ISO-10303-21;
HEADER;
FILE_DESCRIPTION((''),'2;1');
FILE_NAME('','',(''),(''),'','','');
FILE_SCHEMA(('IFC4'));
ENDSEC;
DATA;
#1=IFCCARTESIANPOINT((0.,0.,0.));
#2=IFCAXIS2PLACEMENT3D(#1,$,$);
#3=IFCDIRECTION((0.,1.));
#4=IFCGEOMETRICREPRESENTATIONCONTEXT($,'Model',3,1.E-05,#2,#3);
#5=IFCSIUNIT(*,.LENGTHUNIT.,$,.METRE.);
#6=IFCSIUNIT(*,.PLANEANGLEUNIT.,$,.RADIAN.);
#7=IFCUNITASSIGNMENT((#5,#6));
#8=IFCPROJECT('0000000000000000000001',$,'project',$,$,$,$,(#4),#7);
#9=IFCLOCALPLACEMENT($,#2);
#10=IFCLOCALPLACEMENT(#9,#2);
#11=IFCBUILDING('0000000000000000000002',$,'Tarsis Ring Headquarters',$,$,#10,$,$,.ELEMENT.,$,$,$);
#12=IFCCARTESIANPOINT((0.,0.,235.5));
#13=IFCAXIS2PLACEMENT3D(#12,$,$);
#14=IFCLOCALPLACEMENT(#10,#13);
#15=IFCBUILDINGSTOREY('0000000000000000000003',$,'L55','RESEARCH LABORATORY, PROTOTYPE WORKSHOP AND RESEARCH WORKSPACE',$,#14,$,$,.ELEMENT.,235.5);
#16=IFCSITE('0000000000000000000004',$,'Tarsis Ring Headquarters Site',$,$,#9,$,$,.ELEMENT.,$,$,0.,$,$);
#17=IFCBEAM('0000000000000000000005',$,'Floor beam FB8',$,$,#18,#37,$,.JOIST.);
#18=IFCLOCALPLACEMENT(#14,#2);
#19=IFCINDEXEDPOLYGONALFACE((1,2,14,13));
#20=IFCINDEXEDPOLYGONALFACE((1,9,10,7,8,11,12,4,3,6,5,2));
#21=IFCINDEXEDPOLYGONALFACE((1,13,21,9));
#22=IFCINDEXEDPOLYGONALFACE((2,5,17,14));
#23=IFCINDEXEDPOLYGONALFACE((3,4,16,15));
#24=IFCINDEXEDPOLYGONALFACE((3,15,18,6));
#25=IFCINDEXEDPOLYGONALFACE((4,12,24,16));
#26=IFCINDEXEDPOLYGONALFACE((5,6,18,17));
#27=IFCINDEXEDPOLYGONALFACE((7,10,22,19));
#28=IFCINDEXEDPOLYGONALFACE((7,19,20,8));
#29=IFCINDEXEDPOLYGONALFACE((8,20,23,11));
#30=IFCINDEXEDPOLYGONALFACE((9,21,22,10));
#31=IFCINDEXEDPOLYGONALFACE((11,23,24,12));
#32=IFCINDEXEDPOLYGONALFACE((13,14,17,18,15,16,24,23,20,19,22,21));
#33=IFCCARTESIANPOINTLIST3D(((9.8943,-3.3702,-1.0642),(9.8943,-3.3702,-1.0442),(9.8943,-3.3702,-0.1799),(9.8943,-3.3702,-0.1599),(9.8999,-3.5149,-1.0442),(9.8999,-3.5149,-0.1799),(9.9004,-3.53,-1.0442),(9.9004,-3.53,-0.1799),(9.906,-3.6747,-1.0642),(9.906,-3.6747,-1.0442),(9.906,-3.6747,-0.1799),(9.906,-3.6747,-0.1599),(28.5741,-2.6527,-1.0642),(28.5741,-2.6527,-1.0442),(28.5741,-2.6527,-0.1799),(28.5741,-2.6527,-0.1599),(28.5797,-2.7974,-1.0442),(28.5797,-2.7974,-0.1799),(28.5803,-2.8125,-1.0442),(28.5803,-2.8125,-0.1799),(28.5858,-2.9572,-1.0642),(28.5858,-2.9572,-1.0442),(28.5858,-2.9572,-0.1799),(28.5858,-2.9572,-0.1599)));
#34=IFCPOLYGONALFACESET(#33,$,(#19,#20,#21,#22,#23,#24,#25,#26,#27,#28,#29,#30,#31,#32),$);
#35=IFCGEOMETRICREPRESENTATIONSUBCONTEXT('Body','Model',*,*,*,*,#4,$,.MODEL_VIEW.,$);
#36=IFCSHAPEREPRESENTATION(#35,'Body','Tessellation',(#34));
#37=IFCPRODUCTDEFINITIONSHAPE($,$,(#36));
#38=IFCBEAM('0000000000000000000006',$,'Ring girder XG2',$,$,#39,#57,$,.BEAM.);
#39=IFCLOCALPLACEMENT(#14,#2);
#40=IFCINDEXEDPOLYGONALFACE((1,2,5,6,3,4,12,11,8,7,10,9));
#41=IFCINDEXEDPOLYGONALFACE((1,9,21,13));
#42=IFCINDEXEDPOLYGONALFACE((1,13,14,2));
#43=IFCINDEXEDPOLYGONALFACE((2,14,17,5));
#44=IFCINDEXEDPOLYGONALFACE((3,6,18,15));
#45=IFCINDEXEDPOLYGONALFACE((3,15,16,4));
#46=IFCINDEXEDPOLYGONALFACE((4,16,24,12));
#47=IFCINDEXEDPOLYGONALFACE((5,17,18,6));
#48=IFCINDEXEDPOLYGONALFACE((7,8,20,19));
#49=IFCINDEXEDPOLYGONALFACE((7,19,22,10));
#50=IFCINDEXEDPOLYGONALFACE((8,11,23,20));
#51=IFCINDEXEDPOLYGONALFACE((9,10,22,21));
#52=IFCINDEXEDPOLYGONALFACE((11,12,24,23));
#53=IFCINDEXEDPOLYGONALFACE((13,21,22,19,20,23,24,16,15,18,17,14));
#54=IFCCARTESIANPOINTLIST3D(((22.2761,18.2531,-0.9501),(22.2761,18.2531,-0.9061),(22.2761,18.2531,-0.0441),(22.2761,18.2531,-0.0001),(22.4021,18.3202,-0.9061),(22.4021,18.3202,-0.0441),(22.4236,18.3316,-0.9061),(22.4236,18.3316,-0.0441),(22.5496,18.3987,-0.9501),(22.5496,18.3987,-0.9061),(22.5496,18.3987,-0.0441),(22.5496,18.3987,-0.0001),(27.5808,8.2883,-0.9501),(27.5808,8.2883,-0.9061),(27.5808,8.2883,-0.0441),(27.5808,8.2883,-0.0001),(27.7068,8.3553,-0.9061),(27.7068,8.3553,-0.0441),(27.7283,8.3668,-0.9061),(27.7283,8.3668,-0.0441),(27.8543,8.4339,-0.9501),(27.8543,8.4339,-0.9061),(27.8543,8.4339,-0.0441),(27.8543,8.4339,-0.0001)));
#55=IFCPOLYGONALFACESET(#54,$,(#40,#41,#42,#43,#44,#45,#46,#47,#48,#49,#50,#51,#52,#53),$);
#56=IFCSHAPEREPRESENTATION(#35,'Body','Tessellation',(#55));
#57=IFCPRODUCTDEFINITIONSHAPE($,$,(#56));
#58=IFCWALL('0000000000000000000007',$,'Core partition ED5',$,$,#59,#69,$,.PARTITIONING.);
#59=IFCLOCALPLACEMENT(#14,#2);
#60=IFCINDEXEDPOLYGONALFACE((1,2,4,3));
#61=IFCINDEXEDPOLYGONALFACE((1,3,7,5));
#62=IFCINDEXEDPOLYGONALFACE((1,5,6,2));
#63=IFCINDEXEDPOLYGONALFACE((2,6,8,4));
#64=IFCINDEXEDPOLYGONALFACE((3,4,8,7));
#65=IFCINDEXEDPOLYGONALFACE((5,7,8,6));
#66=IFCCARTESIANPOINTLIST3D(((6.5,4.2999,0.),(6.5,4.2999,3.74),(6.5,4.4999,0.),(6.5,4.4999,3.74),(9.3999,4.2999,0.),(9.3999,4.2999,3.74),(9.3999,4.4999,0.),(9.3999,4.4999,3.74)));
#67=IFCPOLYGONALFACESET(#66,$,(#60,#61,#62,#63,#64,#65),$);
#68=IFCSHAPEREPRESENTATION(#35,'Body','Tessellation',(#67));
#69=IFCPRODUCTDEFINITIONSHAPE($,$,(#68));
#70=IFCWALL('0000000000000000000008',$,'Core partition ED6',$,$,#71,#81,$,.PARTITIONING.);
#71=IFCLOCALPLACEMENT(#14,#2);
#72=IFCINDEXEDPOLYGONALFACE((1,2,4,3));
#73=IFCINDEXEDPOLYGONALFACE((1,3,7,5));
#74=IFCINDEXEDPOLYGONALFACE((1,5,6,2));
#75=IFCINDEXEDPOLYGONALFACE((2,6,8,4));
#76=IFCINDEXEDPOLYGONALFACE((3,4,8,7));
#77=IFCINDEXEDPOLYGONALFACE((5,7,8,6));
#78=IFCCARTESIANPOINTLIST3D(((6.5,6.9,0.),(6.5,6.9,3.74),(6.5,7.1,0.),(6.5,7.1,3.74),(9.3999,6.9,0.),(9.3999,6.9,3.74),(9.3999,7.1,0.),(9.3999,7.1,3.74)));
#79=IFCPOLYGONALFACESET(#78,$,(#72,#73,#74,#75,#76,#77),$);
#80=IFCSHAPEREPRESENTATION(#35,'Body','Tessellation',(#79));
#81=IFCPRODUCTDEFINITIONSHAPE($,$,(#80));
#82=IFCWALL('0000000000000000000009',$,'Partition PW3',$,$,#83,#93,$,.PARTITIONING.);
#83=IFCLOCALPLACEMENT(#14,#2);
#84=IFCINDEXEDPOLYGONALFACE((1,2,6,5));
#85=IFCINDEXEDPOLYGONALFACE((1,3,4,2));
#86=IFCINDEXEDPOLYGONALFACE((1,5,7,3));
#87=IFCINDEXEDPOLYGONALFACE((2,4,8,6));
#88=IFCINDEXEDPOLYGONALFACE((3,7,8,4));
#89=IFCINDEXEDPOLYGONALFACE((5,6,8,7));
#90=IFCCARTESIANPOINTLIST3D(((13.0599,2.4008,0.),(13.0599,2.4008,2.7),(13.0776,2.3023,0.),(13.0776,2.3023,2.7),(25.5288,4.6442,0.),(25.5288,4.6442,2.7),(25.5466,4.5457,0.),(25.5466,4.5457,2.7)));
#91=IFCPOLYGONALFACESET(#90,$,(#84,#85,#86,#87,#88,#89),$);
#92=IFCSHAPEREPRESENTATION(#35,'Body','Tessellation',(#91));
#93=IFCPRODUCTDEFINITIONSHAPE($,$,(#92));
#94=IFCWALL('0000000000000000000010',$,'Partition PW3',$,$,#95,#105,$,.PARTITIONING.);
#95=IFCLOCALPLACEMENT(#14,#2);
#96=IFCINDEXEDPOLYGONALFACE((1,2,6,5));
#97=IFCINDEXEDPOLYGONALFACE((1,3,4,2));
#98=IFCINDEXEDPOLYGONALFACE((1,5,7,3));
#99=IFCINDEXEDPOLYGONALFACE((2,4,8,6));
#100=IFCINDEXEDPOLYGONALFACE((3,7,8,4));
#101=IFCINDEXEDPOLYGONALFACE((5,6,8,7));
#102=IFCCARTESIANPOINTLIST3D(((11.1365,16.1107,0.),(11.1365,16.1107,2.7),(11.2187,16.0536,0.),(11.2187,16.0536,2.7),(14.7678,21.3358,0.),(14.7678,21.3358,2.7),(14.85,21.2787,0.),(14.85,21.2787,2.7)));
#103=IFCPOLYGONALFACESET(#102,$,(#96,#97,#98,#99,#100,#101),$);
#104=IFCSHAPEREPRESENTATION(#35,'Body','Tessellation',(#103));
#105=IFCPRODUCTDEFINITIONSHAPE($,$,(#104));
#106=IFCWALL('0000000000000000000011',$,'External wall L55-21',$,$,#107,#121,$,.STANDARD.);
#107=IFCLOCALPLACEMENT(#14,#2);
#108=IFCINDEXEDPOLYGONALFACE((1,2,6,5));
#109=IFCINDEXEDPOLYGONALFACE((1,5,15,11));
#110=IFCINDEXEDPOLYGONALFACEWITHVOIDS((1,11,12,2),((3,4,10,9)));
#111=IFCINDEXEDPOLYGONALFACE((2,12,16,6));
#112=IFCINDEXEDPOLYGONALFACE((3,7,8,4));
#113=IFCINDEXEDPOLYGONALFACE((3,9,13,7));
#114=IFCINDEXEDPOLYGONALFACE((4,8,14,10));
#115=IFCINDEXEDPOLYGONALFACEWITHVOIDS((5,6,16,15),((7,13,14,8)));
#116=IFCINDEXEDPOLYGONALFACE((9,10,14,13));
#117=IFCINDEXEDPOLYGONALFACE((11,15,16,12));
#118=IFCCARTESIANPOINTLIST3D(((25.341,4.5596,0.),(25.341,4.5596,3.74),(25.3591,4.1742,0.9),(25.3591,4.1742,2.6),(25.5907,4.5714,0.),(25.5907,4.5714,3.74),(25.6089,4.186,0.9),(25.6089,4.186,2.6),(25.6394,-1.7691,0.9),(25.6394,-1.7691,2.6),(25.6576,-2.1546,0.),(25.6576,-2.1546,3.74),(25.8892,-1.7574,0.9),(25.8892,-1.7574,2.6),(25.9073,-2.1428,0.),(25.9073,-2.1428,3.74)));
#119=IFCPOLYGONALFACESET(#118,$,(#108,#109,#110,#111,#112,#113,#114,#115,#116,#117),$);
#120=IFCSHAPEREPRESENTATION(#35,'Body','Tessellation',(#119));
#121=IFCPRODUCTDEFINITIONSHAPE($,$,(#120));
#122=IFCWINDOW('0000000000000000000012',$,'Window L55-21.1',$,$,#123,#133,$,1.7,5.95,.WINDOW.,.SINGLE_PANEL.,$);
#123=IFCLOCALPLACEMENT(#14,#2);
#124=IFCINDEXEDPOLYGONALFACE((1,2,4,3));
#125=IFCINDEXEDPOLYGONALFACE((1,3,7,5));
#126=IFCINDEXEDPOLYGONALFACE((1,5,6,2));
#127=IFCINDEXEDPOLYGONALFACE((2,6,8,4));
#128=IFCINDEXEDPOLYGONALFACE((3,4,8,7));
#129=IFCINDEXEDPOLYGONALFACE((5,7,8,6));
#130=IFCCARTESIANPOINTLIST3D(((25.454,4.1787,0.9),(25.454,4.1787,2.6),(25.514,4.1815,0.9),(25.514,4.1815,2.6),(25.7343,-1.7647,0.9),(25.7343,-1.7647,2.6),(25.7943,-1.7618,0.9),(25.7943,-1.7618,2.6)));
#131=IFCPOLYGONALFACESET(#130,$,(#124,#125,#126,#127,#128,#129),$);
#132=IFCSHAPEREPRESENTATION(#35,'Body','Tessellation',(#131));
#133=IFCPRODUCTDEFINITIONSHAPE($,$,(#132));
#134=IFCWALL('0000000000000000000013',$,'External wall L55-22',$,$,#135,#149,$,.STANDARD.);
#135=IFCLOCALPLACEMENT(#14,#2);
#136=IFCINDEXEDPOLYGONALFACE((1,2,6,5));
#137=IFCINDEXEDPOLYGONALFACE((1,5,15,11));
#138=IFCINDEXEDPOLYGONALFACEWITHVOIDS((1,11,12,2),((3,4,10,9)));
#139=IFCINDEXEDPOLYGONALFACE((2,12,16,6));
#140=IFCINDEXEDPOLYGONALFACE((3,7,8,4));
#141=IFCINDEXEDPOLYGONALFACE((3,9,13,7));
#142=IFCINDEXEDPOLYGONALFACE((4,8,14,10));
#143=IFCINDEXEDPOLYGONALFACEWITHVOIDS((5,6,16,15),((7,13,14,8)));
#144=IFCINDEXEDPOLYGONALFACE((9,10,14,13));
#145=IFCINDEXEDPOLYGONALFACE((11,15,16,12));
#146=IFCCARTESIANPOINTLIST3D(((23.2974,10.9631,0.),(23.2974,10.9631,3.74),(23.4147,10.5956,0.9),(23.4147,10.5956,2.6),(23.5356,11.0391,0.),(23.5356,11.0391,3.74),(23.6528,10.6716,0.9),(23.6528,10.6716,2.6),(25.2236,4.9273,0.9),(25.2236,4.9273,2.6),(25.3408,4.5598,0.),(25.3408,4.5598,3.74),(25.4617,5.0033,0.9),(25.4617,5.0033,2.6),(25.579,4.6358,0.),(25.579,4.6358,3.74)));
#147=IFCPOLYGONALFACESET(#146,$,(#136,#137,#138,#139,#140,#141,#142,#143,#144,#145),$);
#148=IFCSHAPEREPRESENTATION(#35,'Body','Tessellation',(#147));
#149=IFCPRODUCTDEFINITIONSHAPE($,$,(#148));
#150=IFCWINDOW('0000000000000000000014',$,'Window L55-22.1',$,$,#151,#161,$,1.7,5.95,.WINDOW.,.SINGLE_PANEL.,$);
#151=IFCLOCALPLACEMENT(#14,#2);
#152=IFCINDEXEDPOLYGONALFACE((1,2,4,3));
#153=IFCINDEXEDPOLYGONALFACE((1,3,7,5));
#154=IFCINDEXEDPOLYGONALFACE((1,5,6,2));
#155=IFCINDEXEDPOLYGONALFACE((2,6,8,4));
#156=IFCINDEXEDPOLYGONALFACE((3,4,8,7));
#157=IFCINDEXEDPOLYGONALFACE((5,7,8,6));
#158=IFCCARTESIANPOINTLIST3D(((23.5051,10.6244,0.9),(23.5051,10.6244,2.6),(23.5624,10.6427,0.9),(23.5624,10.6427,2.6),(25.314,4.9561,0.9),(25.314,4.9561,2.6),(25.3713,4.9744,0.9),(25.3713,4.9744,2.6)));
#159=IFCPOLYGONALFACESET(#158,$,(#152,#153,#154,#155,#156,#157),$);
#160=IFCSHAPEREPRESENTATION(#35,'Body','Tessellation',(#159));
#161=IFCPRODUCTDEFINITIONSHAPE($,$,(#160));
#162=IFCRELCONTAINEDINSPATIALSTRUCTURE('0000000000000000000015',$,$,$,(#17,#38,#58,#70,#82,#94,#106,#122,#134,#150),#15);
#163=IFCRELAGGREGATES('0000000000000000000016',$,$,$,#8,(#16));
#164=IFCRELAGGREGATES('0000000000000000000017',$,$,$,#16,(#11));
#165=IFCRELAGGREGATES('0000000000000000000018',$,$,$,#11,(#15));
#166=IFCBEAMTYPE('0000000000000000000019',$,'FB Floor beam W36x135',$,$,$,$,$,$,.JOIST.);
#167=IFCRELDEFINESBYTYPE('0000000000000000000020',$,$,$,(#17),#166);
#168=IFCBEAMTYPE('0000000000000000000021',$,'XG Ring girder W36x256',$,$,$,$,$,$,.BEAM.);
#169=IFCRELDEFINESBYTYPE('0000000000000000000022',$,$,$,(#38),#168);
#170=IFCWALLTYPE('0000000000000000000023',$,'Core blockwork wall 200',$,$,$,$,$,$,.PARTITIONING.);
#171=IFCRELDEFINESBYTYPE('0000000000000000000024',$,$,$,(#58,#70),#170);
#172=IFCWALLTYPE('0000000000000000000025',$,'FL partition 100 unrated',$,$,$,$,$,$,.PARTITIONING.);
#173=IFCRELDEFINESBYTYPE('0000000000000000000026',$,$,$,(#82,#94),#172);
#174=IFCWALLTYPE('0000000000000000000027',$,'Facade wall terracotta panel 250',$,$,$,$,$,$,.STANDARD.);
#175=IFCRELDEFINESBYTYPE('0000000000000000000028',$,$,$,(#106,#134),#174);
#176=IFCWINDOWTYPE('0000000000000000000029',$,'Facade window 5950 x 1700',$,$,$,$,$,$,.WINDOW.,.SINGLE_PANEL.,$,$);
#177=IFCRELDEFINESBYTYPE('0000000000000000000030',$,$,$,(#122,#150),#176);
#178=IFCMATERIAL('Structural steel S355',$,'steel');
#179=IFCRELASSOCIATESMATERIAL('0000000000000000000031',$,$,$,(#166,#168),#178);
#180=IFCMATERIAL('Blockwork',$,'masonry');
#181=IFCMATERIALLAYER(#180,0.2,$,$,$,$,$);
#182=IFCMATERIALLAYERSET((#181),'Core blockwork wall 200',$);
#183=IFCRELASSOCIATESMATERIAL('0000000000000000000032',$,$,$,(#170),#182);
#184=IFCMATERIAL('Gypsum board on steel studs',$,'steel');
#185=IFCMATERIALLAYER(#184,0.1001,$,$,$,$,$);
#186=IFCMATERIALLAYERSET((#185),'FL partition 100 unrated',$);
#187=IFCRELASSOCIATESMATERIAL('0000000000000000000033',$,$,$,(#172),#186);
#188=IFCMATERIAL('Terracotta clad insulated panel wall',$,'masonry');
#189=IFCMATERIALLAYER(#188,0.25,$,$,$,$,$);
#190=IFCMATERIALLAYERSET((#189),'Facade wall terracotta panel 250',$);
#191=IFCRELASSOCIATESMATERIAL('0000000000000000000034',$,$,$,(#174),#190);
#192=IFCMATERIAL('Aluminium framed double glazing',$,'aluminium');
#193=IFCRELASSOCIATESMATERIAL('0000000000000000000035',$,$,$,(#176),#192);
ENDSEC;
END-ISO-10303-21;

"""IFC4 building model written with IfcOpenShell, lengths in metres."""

from ifc_helpers import new_model, si_unit, direction, frame, frame_2d, origin, origin_2d, place, context, subcontext, project, spatial, rectangle, i_section, extrude, material, layer, layer_set, material_profile, profile_set, type_object, element, fill, save


model = new_model("IFC4")

# Units and contexts
model_context = context("Model", 3, precision=1e-05, world=origin(), true_north=direction((0.0, 1.0)))
body_context = subcontext(model_context, "Body", "Model", "MODEL_VIEW")
ifc_project = project(units=[si_unit("LENGTHUNIT", "METRE"), si_unit("PLANEANGLEUNIT", "RADIAN")], contexts=[model_context])

# Site, building, storey
site_placement = place(None, origin())
site = spatial("IfcSite", under=ifc_project, at=site_placement, Name="Tarsis Ring Headquarters Site", CompositionType="ELEMENT", RefElevation=0.0)
building_placement = place(site_placement, origin())
building = spatial("IfcBuilding", under=site, at=building_placement, Name="Tarsis Ring Headquarters", CompositionType="ELEMENT")
storey_placement = place(building_placement, frame((0.0, 0.0, 235.5)))
storey = spatial("IfcBuildingStorey", under=building, at=storey_placement, Name="L55", Description="RESEARCH LABORATORY, PROTOTYPE WORKSHOP AND RESEARCH WORKSPACE", CompositionType="ELEMENT", Elevation=235.5)

# Shared definitions
ifc_material_1 = material(Name="Structural steel S355", Category="steel")

# Beams
ifc_material_profile_1 = material_profile(ifc_material_1, i_section(OverallWidth=0.3047, OverallDepth=0.9043, WebThickness=0.0151, FlangeThickness=0.02, at=origin_2d()), Name="W36x135")
ifc_profile_set_1 = profile_set([ifc_material_profile_1], Name="Structural steel S355")
beam_type_1 = type_object("IfcBeamType", Name="FB Floor beam W36x135", PredefinedType="JOIST", material=ifc_profile_set_1)
beam_1_placement = place(storey_placement, frame((9.9001, -3.5225, -0.6121), z_axis=(0.999263, 0.038383, 0.0), x_axis=(-0.038383, 0.999263, 0.0)))
element("IfcBeam", 1, at=beam_1_placement, inside=storey, type_object=beam_type_1, Name="Floor beam FB8", PredefinedType="JOIST", context=body_context, shape_type="SweptSolid", body=[
    extrude(i_section(OverallWidth=0.3047, OverallDepth=0.9043, WebThickness=0.0151, FlangeThickness=0.02, at=origin_2d()), origin(), (0.0, 0.0, 1.0), 18.6936),
])
ifc_material_profile_2 = material_profile(ifc_material_1, i_section(OverallWidth=0.3098, OverallDepth=0.95, WebThickness=0.0244, FlangeThickness=0.0439, at=origin_2d()), Name="W36x256")
ifc_profile_set_2 = profile_set([ifc_material_profile_2], Name="Structural steel S355")
beam_type_2 = type_object("IfcBeamType", Name="XG Ring girder W36x256", PredefinedType="BEAM", material=ifc_profile_set_2)
beam_2_placement = place(storey_placement, frame((27.7175, 8.3611, -0.4751), z_axis=(-0.469906, 0.882717, 0.0), x_axis=(-0.882717, -0.469906, 0.0)))
element("IfcBeam", 2, at=beam_2_placement, inside=storey, type_object=beam_type_2, Name="Ring girder XG2", PredefinedType="BEAM", context=body_context, shape_type="SweptSolid", body=[
    extrude(i_section(OverallWidth=0.3098, OverallDepth=0.95, WebThickness=0.0244, FlangeThickness=0.0439, at=origin_2d()), origin(), (0.0, 0.0, 1.0), 11.2888),
])

# Walls
ifc_material_2 = material(Name="Blockwork", Category="masonry")
ifc_layer_1 = layer(ifc_material_2, 0.2)
ifc_layer_set_1 = layer_set([ifc_layer_1], Name="Core blockwork wall 200")
wall_type_1 = type_object("IfcWallType", Name="Core blockwork wall 200", PredefinedType="PARTITIONING", material=ifc_layer_set_1)
for number, where, z_axis, x_axis, name in (
    (3, (6.5, 4.3999, 0.0), (0.0, 0.0, 1.0), (1.0, 0.0, 0.0), "Core partition ED5"),
    (4, (6.5, 7.0, 0.0), (0.0, 0.0, 1.0), (1.0, 0.0, 0.0), "Core partition ED6"),
):
    element("IfcWall", number, at=place(storey_placement, frame(where, z_axis=z_axis, x_axis=x_axis)), inside=storey, type_object=wall_type_1, Name=name, PredefinedType="PARTITIONING", context=body_context, shape_type="SweptSolid", body=[
        extrude(rectangle(XDim=2.8999, YDim=0.2, at=frame_2d((1.45, 0.0))), origin(), (0.0, 0.0, 1.0), 3.74),
    ])
ifc_material_3 = material(Name="Gypsum board on steel studs", Category="steel")
ifc_layer_2 = layer(ifc_material_3, 0.1001)
ifc_layer_set_2 = layer_set([ifc_layer_2], Name="FL partition 100 unrated")
wall_type_2 = type_object("IfcWallType", Name="FL partition 100 unrated", PredefinedType="PARTITIONING", material=ifc_layer_set_2)
wall_1_placement = place(storey_placement, frame((13.0688, 2.3516, 0.0), z_axis=(0.0, 0.0, 1.0), x_axis=(0.984197, 0.177076, 0.0)))
element("IfcWall", 5, at=wall_1_placement, inside=storey, type_object=wall_type_2, Name="Partition PW3", PredefinedType="PARTITIONING", context=body_context, shape_type="SweptSolid", body=[
    extrude(rectangle(XDim=12.6692, YDim=0.1001, at=frame_2d((6.3345, 0.0))), origin(), (0.0, 0.0, 1.0), 2.7),
])
wall_2_placement = place(storey_placement, frame((11.1775, 16.082, 0.0), z_axis=(0.0, 0.0, 1.0), x_axis=(0.570693, 0.821163, 0.0)))
element("IfcWall", 6, at=wall_2_placement, inside=storey, type_object=wall_type_2, Name="Partition PW3", PredefinedType="PARTITIONING", context=body_context, shape_type="SweptSolid", body=[
    extrude(rectangle(XDim=6.363, YDim=0.1001, at=frame_2d((3.1816, 0.0))), origin(), (0.0, 0.0, 1.0), 2.7),
])

# Walls, openings, windows
ifc_material_4 = material(Name="Terracotta clad insulated panel wall", Category="masonry")
ifc_layer_3 = layer(ifc_material_4, 0.25)
ifc_layer_set_3 = layer_set([ifc_layer_3], Name="Facade wall terracotta panel 250")
wall_type_3 = type_object("IfcWallType", Name="Facade wall terracotta panel 250", PredefinedType="STANDARD", material=ifc_layer_set_3)
wall_3_placement = place(storey_placement, frame((25.7825, -2.1487, 0.0), z_axis=(0.0, 0.0, 1.0), x_axis=(-0.04711, 0.99889, 0.0)))
wall_3 = element("IfcWall", 7, at=wall_3_placement, inside=storey, type_object=wall_type_3, Name="External wall L55-21", PredefinedType="STANDARD", context=body_context, shape_type="SweptSolid", body=[
    extrude(rectangle(XDim=6.7217, YDim=0.25, at=frame_2d((3.3608, 0.0))), origin(), (0.0, 0.0, 1.0), 3.74),
])
opening_1_placement = place(wall_3_placement, frame((0.3857, 0.0, 0.8999)))
opening_1 = element("IfcOpeningElement", 8, at=opening_1_placement, cuts=wall_3, PredefinedType="OPENING", context=body_context, shape_type="SweptSolid", body=[
    extrude(rectangle(XDim=5.95, YDim=1.7, at=frame_2d((2.9751, 0.8501))), frame((0.0, 0.135, 0.0), z_axis=(0.0, -1.0, 0.0), x_axis=(1.0, 0.0, 0.0)), (0.0, 0.0, 1.0), 0.27),
])
ifc_material_5 = material(Name="Aluminium framed double glazing", Category="aluminium")
window_type = type_object("IfcWindowType", Name="Facade window 5950 x 1700", PartitioningType="SINGLE_PANEL", PredefinedType="WINDOW", material=ifc_material_5)
window_1_placement = place(opening_1_placement, origin())
window_1 = element("IfcWindow", 9, at=window_1_placement, inside=storey, type_object=window_type, Name="Window L55-21.1", OverallHeight=1.7, OverallWidth=5.95, PartitioningType="SINGLE_PANEL", PredefinedType="WINDOW", context=body_context, shape_type="SweptSolid", body=[
    extrude(rectangle(XDim=5.95, YDim=1.7, at=frame_2d((2.9751, 0.8501))), frame((0.0, 0.03, 0.0), z_axis=(0.0, -1.0, 0.0), x_axis=(1.0, 0.0, 0.0)), (0.0, 0.0, 1.0), 0.0601),
])
fill(opening_1, window_1)
wall_4_placement = place(storey_placement, frame((25.46, 4.5977, 0.0), z_axis=(0.0, 0.0, 1.0), x_axis=(-0.304019, 0.952666, 0.0)))
wall_4 = element("IfcWall", 10, at=wall_4_placement, inside=storey, type_object=wall_type_3, Name="External wall L55-22", PredefinedType="STANDARD", context=body_context, shape_type="SweptSolid", body=[
    extrude(rectangle(XDim=6.7214, YDim=0.25, at=frame_2d((3.3608, 0.0))), origin(), (0.0, 0.0, 1.0), 3.74),
])
opening_2_placement = place(wall_4_placement, frame((0.3857, 0.0, 0.8999)))
opening_2 = element("IfcOpeningElement", 11, at=opening_2_placement, cuts=wall_4, PredefinedType="OPENING", context=body_context, shape_type="SweptSolid", body=[
    extrude(rectangle(XDim=5.95, YDim=1.7, at=frame_2d((2.9751, 0.8501))), frame((0.0, 0.135, 0.0), z_axis=(0.0, -1.0, 0.0), x_axis=(1.0, 0.0, 0.0)), (0.0, 0.0, 1.0), 0.27),
])
window_2_placement = place(opening_2_placement, origin())
window_2 = element("IfcWindow", 12, at=window_2_placement, inside=storey, type_object=window_type, Name="Window L55-22.1", OverallHeight=1.7, OverallWidth=5.95, PartitioningType="SINGLE_PANEL", PredefinedType="WINDOW", context=body_context, shape_type="SweptSolid", body=[
    extrude(rectangle(XDim=5.95, YDim=1.7, at=frame_2d((2.9751, 0.8501))), frame((0.0, 0.03, 0.0), z_axis=(0.0, -1.0, 0.0), x_axis=(1.0, 0.0, 0.0)), (0.0, 0.0, 1.0), 0.0601),
])
fill(opening_2, window_2)

save(model, "model.ifc")
